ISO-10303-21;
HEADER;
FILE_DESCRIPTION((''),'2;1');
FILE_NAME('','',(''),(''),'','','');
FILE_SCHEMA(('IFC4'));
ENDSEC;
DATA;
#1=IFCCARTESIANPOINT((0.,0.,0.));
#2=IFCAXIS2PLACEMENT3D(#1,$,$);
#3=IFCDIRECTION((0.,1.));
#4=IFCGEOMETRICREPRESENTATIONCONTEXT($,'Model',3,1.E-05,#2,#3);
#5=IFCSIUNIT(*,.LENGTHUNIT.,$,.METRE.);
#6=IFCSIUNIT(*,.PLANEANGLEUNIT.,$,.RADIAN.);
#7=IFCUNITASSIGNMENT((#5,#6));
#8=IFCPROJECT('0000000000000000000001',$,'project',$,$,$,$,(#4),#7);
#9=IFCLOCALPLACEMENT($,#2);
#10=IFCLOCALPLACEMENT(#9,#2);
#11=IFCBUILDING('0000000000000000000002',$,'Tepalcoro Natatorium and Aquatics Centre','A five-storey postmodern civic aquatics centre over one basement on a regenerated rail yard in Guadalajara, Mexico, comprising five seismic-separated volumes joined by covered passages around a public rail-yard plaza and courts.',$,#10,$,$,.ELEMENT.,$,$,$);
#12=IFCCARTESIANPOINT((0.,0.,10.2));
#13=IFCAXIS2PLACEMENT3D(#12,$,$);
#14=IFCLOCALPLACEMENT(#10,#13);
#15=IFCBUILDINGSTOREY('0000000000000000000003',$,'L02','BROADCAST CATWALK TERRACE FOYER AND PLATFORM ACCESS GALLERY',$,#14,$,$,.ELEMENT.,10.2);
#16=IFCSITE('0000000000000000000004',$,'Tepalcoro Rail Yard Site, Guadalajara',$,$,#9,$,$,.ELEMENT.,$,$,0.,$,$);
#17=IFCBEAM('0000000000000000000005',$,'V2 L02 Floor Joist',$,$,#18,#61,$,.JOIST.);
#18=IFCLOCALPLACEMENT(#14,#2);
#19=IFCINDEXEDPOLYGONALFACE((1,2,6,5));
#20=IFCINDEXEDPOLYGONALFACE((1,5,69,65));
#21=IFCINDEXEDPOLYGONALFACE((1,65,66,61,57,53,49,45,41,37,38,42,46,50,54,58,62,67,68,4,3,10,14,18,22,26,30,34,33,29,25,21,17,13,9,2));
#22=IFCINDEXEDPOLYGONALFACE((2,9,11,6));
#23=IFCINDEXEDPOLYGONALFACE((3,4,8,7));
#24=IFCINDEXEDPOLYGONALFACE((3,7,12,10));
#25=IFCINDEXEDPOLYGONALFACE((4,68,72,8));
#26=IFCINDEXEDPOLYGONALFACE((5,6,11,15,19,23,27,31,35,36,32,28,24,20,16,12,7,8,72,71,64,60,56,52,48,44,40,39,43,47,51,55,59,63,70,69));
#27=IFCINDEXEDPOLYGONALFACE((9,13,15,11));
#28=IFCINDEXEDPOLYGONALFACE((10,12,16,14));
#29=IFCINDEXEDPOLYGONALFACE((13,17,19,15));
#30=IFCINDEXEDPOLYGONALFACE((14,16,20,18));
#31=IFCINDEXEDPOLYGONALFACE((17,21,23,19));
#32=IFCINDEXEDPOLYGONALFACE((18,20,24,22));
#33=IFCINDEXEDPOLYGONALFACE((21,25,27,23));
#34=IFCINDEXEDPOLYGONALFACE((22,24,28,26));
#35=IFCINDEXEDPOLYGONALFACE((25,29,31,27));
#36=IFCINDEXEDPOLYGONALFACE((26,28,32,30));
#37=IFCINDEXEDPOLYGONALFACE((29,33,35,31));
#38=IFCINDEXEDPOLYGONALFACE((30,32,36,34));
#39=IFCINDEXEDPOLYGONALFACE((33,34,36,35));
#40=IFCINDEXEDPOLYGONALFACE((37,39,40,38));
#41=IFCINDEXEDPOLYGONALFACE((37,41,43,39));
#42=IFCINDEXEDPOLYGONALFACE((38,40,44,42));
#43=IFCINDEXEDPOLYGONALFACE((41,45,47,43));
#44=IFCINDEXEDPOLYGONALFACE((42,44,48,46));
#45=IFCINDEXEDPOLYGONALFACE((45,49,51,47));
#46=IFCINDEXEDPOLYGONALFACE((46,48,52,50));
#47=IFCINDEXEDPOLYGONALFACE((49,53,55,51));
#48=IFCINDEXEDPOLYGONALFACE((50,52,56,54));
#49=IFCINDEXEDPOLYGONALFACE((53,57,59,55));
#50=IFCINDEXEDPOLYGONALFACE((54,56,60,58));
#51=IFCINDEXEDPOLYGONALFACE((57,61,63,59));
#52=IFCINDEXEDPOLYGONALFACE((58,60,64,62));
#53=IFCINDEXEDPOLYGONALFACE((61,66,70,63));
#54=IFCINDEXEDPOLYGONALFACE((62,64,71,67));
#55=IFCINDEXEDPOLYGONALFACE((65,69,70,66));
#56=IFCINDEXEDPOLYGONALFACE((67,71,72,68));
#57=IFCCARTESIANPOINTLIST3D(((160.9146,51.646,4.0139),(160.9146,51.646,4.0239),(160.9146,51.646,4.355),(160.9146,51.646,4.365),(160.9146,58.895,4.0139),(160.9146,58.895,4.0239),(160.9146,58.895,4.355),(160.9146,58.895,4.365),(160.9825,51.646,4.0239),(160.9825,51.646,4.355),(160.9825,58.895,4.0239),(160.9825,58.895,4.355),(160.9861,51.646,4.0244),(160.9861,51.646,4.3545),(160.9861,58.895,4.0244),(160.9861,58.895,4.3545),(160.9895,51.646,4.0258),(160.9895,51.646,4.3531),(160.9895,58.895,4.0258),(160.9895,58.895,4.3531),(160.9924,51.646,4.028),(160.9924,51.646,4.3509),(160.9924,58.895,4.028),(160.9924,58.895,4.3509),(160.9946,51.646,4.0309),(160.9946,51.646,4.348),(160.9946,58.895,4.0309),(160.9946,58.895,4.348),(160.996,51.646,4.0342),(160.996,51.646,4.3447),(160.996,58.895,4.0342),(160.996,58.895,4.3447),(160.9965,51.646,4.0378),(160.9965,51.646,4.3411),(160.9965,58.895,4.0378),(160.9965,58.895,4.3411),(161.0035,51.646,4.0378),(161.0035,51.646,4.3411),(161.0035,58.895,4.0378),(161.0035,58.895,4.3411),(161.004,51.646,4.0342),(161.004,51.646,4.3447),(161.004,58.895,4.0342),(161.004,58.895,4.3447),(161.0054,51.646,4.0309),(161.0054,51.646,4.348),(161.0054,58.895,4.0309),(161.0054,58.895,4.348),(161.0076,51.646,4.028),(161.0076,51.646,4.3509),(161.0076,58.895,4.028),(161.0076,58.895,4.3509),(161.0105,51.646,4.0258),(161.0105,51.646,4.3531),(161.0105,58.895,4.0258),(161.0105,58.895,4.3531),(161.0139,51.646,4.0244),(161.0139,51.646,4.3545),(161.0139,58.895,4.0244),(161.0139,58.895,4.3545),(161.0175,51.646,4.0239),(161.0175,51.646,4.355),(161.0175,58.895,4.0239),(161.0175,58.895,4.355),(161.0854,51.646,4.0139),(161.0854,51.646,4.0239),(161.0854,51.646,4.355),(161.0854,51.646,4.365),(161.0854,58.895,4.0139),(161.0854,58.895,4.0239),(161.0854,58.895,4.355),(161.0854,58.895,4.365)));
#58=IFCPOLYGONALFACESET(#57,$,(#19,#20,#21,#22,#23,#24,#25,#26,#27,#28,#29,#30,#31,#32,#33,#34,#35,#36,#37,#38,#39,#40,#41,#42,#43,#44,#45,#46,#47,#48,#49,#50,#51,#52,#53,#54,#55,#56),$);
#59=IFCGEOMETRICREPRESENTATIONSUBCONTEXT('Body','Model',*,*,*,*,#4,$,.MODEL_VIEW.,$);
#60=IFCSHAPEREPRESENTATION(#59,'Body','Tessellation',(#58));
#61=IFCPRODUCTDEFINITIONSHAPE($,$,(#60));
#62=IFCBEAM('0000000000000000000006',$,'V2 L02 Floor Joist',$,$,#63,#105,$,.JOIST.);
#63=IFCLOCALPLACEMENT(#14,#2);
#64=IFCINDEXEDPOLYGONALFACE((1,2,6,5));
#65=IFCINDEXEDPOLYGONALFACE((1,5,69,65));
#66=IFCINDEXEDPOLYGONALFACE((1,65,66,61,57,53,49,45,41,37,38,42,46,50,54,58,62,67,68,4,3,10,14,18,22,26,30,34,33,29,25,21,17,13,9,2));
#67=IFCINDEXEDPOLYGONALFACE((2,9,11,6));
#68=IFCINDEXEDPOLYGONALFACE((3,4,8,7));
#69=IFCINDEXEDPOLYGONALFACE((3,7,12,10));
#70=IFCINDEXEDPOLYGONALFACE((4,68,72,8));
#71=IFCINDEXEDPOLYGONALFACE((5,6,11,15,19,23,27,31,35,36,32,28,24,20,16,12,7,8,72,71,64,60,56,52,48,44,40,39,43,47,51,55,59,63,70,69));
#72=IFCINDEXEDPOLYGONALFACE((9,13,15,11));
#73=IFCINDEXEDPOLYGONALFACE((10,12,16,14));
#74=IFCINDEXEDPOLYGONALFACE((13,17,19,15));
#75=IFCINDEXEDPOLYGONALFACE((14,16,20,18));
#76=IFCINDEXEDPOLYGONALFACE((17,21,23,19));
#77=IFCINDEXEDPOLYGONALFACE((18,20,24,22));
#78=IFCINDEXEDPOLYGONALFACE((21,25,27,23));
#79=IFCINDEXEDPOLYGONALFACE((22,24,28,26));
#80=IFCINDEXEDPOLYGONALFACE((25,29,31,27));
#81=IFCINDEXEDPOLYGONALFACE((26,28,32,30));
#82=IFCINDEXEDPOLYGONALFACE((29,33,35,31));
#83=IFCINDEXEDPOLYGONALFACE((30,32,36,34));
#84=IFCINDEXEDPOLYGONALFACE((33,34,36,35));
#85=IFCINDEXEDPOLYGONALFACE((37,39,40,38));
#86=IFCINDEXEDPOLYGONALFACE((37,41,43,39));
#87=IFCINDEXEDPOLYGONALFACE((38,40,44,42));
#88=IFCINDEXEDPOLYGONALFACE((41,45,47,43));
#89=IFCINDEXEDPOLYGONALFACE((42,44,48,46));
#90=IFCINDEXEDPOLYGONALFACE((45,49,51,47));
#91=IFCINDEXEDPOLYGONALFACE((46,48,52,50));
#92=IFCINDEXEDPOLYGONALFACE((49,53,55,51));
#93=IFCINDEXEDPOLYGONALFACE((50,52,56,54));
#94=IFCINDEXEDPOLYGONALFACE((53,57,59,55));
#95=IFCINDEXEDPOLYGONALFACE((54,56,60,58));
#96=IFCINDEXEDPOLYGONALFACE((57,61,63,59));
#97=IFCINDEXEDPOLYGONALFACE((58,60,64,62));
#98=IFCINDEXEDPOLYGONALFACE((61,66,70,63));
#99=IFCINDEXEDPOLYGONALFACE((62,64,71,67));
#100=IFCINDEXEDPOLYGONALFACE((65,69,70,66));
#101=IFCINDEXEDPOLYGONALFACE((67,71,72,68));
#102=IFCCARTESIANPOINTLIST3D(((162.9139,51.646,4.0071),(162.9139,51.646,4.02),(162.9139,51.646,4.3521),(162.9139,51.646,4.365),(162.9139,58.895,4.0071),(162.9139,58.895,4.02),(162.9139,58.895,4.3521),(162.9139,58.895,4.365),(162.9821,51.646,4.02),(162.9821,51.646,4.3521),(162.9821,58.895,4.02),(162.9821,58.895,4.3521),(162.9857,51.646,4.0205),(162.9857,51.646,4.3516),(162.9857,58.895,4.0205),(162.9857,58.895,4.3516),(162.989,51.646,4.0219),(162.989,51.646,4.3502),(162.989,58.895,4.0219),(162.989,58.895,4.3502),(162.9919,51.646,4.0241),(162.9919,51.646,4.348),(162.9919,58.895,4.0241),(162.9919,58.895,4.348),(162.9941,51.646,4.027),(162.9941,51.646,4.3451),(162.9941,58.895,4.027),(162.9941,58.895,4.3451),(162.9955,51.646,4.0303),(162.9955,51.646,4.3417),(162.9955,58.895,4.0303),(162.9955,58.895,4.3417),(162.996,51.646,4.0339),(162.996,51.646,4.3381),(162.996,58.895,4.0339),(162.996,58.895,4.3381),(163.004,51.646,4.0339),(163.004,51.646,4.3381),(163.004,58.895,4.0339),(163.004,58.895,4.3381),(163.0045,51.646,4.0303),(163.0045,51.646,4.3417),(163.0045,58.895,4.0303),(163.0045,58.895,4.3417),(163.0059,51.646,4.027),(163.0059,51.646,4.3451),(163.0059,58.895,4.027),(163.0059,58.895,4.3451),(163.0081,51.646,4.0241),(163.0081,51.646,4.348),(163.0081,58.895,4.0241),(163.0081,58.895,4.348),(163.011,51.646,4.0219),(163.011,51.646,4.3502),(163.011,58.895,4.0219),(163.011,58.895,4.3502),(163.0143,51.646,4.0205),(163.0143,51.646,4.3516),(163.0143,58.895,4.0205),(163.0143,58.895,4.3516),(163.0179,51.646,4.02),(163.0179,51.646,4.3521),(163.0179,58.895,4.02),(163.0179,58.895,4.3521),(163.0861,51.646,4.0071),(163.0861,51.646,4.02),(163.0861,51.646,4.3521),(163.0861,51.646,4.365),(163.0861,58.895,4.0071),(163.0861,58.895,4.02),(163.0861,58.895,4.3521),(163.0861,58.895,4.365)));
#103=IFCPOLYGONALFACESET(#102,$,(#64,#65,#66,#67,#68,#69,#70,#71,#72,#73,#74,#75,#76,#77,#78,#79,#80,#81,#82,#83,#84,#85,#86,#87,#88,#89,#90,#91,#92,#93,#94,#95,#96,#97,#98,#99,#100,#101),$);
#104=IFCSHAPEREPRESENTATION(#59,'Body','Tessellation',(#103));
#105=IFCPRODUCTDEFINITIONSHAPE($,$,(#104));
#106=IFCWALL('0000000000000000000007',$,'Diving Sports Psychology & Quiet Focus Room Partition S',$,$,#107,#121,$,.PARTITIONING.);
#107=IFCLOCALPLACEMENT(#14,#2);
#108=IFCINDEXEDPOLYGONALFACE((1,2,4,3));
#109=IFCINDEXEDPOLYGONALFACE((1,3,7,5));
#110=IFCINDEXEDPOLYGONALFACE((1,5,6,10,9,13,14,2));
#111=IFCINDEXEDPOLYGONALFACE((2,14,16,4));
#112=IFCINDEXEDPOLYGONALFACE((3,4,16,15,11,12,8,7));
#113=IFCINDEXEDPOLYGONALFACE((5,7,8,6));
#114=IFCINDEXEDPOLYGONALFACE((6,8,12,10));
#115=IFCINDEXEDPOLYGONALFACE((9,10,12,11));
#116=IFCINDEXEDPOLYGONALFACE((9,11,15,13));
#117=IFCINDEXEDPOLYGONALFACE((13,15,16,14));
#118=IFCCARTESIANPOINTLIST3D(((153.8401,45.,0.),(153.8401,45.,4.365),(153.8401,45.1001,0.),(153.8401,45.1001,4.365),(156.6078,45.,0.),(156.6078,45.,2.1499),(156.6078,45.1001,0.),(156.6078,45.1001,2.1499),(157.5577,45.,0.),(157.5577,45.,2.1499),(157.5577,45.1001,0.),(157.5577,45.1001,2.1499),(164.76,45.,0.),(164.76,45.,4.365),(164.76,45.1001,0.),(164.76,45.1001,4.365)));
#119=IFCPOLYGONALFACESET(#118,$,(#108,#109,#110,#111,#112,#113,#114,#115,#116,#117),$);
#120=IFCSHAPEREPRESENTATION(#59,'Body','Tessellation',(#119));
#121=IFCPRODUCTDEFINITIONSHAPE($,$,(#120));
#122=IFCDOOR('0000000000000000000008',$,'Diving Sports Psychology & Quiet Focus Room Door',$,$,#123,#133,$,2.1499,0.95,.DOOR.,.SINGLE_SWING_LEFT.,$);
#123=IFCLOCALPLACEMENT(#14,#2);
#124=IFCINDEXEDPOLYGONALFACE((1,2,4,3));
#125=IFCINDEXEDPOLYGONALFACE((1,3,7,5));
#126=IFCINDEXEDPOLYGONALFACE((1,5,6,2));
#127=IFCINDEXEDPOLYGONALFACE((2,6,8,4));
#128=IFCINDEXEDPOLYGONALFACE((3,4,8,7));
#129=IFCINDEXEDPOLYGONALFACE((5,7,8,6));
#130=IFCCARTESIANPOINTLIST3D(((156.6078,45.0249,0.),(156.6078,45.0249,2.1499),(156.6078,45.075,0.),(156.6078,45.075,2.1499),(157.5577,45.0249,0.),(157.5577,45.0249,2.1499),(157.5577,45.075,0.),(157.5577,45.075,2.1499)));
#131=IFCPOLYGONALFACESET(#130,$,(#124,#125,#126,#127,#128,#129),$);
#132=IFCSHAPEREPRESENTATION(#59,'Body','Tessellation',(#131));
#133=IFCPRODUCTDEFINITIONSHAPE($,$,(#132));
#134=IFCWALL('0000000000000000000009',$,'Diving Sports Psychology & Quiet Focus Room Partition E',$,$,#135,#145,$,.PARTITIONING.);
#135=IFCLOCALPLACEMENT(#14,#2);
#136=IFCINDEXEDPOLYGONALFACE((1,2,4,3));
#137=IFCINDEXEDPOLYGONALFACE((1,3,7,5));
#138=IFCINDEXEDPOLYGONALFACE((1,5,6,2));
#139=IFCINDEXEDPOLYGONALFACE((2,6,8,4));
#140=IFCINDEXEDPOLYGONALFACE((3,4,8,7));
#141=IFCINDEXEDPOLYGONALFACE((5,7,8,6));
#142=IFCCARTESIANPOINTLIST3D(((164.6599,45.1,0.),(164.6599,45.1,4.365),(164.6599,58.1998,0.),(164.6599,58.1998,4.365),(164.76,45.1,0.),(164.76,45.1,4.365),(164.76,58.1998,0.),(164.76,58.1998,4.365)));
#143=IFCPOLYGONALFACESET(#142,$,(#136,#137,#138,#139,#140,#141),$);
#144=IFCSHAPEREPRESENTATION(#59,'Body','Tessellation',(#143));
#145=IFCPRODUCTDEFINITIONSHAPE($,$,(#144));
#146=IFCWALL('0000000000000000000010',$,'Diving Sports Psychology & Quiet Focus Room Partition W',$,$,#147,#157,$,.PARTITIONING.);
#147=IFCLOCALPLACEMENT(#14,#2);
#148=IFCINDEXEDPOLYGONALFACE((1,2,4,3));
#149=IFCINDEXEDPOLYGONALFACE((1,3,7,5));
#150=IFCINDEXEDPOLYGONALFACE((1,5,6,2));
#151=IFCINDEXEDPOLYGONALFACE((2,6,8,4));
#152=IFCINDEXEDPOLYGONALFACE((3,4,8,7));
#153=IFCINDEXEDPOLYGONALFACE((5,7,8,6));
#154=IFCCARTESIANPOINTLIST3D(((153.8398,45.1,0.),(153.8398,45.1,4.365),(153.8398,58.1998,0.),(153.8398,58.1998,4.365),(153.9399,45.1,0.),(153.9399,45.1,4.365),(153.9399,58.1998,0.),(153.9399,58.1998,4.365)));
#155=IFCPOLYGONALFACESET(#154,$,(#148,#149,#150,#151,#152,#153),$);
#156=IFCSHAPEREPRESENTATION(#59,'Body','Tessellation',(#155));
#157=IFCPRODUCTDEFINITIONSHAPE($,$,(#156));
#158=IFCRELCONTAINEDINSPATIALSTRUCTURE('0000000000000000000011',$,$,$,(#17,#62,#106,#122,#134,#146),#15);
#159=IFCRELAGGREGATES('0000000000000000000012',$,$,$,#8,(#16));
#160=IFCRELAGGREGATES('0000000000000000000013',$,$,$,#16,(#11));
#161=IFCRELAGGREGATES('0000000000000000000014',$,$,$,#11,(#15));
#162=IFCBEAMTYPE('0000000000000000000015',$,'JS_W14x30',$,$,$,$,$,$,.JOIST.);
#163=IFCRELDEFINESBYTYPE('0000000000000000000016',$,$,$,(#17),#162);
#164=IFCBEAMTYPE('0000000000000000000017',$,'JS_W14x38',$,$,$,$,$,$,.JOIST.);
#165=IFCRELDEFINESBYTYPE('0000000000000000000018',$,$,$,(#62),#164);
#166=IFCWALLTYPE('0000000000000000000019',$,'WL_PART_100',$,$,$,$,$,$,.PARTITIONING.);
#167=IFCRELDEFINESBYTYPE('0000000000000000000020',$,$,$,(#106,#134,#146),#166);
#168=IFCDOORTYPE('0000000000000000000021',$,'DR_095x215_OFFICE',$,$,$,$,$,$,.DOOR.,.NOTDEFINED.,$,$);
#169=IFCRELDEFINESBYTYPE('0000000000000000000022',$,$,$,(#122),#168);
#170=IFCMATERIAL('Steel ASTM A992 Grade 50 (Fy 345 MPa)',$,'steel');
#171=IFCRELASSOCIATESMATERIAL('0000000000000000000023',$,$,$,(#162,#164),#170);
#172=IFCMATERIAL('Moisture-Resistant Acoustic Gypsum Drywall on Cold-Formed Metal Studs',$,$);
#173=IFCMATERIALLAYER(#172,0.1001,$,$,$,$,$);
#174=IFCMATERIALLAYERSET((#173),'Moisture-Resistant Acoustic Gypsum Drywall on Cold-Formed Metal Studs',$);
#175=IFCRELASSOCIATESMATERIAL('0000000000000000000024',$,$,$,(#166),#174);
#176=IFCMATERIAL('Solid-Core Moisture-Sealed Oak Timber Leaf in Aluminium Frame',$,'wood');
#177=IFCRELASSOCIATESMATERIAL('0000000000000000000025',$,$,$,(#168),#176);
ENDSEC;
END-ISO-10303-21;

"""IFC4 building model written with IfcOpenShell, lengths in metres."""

from ifc_helpers import new_model, si_unit, direction, frame, frame_2d, origin, origin_2d, place, context, subcontext, project, spatial, rectangle, i_section, extrude, material, layer, layer_set, material_profile, profile_set, type_object, element, fill, save


model = new_model("IFC4")

# Units and contexts
model_context = context("Model", 3, precision=1e-05, world=origin(), true_north=direction((0.0, 1.0)))
body_context = subcontext(model_context, "Body", "Model", "MODEL_VIEW")
ifc_project = project(units=[si_unit("LENGTHUNIT", "METRE"), si_unit("PLANEANGLEUNIT", "RADIAN")], contexts=[model_context])

# Site, building, storey
site_placement = place(None, origin())
site = spatial("IfcSite", under=ifc_project, at=site_placement, Name="Tepalcoro Rail Yard Site, Guadalajara", CompositionType="ELEMENT", RefElevation=0.0)
building_placement = place(site_placement, origin())
building = spatial("IfcBuilding", under=site, at=building_placement, Name="Tepalcoro Natatorium and Aquatics Centre", Description="A five-storey postmodern civic aquatics centre over one basement on a regenerated rail yard in Guadalajara, Mexico, comprising five seismic-separated volumes joined by covered passages around a public rail-yard plaza and courts.", CompositionType="ELEMENT")
storey_placement = place(building_placement, frame((0.0, 0.0, 10.2)))
storey = spatial("IfcBuildingStorey", under=building, at=storey_placement, Name="L02", Description="BROADCAST CATWALK TERRACE FOYER AND PLATFORM ACCESS GALLERY", CompositionType="ELEMENT", Elevation=10.2)

# Beams
ifc_material_1 = material(Name="Steel ASTM A992 Grade 50 (Fy 345 MPa)", Category="steel")
ifc_material_profile_1 = material_profile(ifc_material_1, i_section(OverallWidth=0.1709, OverallDepth=0.3511, WebThickness=0.0071, FlangeThickness=0.01, FilletRadius=0.0139, at=origin_2d()), Name="W14X30")
ifc_profile_set_1 = profile_set([ifc_material_profile_1], Name="Steel ASTM A992 Grade 50 (Fy 345 MPa)")
beam_type_1 = type_object("IfcBeamType", Name="JS_W14x30", PredefinedType="JOIST", material=ifc_profile_set_1)
beam_1_placement = place(storey_placement, frame((161.0, 51.646, 4.1895), z_axis=(0.0, 1.0, 0.0), x_axis=(-1.0, 0.0, 0.0)))
element("IfcBeam", 1, at=beam_1_placement, inside=storey, type_object=beam_type_1, Name="V2 L02 Floor Joist", PredefinedType="JOIST", context=body_context, shape_type="SweptSolid", body=[
    extrude(i_section(OverallWidth=0.1709, OverallDepth=0.3511, WebThickness=0.0071, FlangeThickness=0.01, FilletRadius=0.0139, at=origin_2d()), origin(), (0.0, 0.0, 1.0), 7.249),
])
ifc_material_profile_2 = material_profile(ifc_material_1, i_section(OverallWidth=0.1721, OverallDepth=0.3579, WebThickness=0.0081, FlangeThickness=0.0129, FilletRadius=0.0139, at=origin_2d()), Name="W14X38")
ifc_profile_set_2 = profile_set([ifc_material_profile_2], Name="Steel ASTM A992 Grade 50 (Fy 345 MPa)")
beam_type_2 = type_object("IfcBeamType", Name="JS_W14x38", PredefinedType="JOIST", material=ifc_profile_set_2)
beam_2_placement = place(storey_placement, frame((163.0, 51.646, 4.186), z_axis=(0.0, 1.0, 0.0), x_axis=(-1.0, 0.0, 0.0)))
element("IfcBeam", 2, at=beam_2_placement, inside=storey, type_object=beam_type_2, Name="V2 L02 Floor Joist", PredefinedType="JOIST", context=body_context, shape_type="SweptSolid", body=[
    extrude(i_section(OverallWidth=0.1721, OverallDepth=0.3579, WebThickness=0.0081, FlangeThickness=0.0129, FilletRadius=0.0139, at=origin_2d()), origin(), (0.0, 0.0, 1.0), 7.249),
])

# Wall, opening, door
ifc_material_2 = material(Name="Moisture-Resistant Acoustic Gypsum Drywall on Cold-Formed Metal Studs")
ifc_layer_1 = layer(ifc_material_2, 0.1001)
ifc_layer_set_1 = layer_set([ifc_layer_1], Name="Moisture-Resistant Acoustic Gypsum Drywall on Cold-Formed Metal Studs")
wall_type_1 = type_object("IfcWallType", Name="WL_PART_100", PredefinedType="PARTITIONING", material=ifc_layer_set_1)
wall_1_placement = place(storey_placement, frame((153.8401, 45.05, 0.0), z_axis=(0.0, 0.0, 1.0), x_axis=(1.0, 0.0, 0.0)))
wall_1 = element("IfcWall", 3, at=wall_1_placement, inside=storey, type_object=wall_type_1, Name="Diving Sports Psychology & Quiet Focus Room Partition S", PredefinedType="PARTITIONING", context=body_context, shape_type="SweptSolid", body=[
    extrude(rectangle(XDim=10.9199, YDim=0.1001, at=frame_2d((5.46, 0.0))), origin(), (0.0, 0.0, 1.0), 4.365),
])
opening_1_placement = place(wall_1_placement, frame((2.7676, 0.0, 0.0)))
opening_1 = element("IfcOpeningElement", 4, at=opening_1_placement, cuts=wall_1, PredefinedType="OPENING", context=body_context, shape_type="SweptSolid", body=[
    extrude(rectangle(XDim=0.95, YDim=2.1499, at=frame_2d((0.4751, 1.075))), frame((0.0, 0.062, 0.0), z_axis=(0.0, -1.0, 0.0), x_axis=(1.0, 0.0, 0.0)), (0.0, 0.0, 1.0), 0.124),
])
ifc_material_3 = material(Name="Solid-Core Moisture-Sealed Oak Timber Leaf in Aluminium Frame", Category="wood")
door_type_1 = type_object("IfcDoorType", Name="DR_095x215_OFFICE", OperationType="NOTDEFINED", PredefinedType="DOOR", material=ifc_material_3)
door_1_placement = place(opening_1_placement, origin())
door_1 = element("IfcDoor", 5, at=door_1_placement, inside=storey, type_object=door_type_1, Name="Diving Sports Psychology & Quiet Focus Room Door", OperationType="SINGLE_SWING_LEFT", OverallHeight=2.1499, OverallWidth=0.95, PredefinedType="DOOR", context=body_context, shape_type="SweptSolid", body=[
    extrude(rectangle(XDim=0.95, YDim=2.1499, at=frame_2d((0.4751, 1.075))), frame((0.0, 0.0249, 0.0), z_axis=(0.0, -1.0, 0.0), x_axis=(1.0, 0.0, 0.0)), (0.0, 0.0, 1.0), 0.05),
])
fill(opening_1, door_1)

# Walls
for number, where, z_axis, x_axis, name in (
    (6, (164.71, 45.1001, 0.0), (0.0, 0.0, 1.0), (0.0, 1.0, 0.0), "Diving Sports Psychology & Quiet Focus Room Partition E"),
    (7, (153.8899, 45.1001, 0.0), (0.0, 0.0, 1.0), (0.0, 1.0, 0.0), "Diving Sports Psychology & Quiet Focus Room Partition W"),
):
    element("IfcWall", number, at=place(storey_placement, frame(where, z_axis=z_axis, x_axis=x_axis)), inside=storey, type_object=wall_type_1, Name=name, PredefinedType="PARTITIONING", context=body_context, shape_type="SweptSolid", body=[
        extrude(rectangle(XDim=13.0999, YDim=0.1001, at=frame_2d((6.5498, 0.0))), origin(), (0.0, 0.0, 1.0), 4.365),
    ])

save(model, "model.ifc")
